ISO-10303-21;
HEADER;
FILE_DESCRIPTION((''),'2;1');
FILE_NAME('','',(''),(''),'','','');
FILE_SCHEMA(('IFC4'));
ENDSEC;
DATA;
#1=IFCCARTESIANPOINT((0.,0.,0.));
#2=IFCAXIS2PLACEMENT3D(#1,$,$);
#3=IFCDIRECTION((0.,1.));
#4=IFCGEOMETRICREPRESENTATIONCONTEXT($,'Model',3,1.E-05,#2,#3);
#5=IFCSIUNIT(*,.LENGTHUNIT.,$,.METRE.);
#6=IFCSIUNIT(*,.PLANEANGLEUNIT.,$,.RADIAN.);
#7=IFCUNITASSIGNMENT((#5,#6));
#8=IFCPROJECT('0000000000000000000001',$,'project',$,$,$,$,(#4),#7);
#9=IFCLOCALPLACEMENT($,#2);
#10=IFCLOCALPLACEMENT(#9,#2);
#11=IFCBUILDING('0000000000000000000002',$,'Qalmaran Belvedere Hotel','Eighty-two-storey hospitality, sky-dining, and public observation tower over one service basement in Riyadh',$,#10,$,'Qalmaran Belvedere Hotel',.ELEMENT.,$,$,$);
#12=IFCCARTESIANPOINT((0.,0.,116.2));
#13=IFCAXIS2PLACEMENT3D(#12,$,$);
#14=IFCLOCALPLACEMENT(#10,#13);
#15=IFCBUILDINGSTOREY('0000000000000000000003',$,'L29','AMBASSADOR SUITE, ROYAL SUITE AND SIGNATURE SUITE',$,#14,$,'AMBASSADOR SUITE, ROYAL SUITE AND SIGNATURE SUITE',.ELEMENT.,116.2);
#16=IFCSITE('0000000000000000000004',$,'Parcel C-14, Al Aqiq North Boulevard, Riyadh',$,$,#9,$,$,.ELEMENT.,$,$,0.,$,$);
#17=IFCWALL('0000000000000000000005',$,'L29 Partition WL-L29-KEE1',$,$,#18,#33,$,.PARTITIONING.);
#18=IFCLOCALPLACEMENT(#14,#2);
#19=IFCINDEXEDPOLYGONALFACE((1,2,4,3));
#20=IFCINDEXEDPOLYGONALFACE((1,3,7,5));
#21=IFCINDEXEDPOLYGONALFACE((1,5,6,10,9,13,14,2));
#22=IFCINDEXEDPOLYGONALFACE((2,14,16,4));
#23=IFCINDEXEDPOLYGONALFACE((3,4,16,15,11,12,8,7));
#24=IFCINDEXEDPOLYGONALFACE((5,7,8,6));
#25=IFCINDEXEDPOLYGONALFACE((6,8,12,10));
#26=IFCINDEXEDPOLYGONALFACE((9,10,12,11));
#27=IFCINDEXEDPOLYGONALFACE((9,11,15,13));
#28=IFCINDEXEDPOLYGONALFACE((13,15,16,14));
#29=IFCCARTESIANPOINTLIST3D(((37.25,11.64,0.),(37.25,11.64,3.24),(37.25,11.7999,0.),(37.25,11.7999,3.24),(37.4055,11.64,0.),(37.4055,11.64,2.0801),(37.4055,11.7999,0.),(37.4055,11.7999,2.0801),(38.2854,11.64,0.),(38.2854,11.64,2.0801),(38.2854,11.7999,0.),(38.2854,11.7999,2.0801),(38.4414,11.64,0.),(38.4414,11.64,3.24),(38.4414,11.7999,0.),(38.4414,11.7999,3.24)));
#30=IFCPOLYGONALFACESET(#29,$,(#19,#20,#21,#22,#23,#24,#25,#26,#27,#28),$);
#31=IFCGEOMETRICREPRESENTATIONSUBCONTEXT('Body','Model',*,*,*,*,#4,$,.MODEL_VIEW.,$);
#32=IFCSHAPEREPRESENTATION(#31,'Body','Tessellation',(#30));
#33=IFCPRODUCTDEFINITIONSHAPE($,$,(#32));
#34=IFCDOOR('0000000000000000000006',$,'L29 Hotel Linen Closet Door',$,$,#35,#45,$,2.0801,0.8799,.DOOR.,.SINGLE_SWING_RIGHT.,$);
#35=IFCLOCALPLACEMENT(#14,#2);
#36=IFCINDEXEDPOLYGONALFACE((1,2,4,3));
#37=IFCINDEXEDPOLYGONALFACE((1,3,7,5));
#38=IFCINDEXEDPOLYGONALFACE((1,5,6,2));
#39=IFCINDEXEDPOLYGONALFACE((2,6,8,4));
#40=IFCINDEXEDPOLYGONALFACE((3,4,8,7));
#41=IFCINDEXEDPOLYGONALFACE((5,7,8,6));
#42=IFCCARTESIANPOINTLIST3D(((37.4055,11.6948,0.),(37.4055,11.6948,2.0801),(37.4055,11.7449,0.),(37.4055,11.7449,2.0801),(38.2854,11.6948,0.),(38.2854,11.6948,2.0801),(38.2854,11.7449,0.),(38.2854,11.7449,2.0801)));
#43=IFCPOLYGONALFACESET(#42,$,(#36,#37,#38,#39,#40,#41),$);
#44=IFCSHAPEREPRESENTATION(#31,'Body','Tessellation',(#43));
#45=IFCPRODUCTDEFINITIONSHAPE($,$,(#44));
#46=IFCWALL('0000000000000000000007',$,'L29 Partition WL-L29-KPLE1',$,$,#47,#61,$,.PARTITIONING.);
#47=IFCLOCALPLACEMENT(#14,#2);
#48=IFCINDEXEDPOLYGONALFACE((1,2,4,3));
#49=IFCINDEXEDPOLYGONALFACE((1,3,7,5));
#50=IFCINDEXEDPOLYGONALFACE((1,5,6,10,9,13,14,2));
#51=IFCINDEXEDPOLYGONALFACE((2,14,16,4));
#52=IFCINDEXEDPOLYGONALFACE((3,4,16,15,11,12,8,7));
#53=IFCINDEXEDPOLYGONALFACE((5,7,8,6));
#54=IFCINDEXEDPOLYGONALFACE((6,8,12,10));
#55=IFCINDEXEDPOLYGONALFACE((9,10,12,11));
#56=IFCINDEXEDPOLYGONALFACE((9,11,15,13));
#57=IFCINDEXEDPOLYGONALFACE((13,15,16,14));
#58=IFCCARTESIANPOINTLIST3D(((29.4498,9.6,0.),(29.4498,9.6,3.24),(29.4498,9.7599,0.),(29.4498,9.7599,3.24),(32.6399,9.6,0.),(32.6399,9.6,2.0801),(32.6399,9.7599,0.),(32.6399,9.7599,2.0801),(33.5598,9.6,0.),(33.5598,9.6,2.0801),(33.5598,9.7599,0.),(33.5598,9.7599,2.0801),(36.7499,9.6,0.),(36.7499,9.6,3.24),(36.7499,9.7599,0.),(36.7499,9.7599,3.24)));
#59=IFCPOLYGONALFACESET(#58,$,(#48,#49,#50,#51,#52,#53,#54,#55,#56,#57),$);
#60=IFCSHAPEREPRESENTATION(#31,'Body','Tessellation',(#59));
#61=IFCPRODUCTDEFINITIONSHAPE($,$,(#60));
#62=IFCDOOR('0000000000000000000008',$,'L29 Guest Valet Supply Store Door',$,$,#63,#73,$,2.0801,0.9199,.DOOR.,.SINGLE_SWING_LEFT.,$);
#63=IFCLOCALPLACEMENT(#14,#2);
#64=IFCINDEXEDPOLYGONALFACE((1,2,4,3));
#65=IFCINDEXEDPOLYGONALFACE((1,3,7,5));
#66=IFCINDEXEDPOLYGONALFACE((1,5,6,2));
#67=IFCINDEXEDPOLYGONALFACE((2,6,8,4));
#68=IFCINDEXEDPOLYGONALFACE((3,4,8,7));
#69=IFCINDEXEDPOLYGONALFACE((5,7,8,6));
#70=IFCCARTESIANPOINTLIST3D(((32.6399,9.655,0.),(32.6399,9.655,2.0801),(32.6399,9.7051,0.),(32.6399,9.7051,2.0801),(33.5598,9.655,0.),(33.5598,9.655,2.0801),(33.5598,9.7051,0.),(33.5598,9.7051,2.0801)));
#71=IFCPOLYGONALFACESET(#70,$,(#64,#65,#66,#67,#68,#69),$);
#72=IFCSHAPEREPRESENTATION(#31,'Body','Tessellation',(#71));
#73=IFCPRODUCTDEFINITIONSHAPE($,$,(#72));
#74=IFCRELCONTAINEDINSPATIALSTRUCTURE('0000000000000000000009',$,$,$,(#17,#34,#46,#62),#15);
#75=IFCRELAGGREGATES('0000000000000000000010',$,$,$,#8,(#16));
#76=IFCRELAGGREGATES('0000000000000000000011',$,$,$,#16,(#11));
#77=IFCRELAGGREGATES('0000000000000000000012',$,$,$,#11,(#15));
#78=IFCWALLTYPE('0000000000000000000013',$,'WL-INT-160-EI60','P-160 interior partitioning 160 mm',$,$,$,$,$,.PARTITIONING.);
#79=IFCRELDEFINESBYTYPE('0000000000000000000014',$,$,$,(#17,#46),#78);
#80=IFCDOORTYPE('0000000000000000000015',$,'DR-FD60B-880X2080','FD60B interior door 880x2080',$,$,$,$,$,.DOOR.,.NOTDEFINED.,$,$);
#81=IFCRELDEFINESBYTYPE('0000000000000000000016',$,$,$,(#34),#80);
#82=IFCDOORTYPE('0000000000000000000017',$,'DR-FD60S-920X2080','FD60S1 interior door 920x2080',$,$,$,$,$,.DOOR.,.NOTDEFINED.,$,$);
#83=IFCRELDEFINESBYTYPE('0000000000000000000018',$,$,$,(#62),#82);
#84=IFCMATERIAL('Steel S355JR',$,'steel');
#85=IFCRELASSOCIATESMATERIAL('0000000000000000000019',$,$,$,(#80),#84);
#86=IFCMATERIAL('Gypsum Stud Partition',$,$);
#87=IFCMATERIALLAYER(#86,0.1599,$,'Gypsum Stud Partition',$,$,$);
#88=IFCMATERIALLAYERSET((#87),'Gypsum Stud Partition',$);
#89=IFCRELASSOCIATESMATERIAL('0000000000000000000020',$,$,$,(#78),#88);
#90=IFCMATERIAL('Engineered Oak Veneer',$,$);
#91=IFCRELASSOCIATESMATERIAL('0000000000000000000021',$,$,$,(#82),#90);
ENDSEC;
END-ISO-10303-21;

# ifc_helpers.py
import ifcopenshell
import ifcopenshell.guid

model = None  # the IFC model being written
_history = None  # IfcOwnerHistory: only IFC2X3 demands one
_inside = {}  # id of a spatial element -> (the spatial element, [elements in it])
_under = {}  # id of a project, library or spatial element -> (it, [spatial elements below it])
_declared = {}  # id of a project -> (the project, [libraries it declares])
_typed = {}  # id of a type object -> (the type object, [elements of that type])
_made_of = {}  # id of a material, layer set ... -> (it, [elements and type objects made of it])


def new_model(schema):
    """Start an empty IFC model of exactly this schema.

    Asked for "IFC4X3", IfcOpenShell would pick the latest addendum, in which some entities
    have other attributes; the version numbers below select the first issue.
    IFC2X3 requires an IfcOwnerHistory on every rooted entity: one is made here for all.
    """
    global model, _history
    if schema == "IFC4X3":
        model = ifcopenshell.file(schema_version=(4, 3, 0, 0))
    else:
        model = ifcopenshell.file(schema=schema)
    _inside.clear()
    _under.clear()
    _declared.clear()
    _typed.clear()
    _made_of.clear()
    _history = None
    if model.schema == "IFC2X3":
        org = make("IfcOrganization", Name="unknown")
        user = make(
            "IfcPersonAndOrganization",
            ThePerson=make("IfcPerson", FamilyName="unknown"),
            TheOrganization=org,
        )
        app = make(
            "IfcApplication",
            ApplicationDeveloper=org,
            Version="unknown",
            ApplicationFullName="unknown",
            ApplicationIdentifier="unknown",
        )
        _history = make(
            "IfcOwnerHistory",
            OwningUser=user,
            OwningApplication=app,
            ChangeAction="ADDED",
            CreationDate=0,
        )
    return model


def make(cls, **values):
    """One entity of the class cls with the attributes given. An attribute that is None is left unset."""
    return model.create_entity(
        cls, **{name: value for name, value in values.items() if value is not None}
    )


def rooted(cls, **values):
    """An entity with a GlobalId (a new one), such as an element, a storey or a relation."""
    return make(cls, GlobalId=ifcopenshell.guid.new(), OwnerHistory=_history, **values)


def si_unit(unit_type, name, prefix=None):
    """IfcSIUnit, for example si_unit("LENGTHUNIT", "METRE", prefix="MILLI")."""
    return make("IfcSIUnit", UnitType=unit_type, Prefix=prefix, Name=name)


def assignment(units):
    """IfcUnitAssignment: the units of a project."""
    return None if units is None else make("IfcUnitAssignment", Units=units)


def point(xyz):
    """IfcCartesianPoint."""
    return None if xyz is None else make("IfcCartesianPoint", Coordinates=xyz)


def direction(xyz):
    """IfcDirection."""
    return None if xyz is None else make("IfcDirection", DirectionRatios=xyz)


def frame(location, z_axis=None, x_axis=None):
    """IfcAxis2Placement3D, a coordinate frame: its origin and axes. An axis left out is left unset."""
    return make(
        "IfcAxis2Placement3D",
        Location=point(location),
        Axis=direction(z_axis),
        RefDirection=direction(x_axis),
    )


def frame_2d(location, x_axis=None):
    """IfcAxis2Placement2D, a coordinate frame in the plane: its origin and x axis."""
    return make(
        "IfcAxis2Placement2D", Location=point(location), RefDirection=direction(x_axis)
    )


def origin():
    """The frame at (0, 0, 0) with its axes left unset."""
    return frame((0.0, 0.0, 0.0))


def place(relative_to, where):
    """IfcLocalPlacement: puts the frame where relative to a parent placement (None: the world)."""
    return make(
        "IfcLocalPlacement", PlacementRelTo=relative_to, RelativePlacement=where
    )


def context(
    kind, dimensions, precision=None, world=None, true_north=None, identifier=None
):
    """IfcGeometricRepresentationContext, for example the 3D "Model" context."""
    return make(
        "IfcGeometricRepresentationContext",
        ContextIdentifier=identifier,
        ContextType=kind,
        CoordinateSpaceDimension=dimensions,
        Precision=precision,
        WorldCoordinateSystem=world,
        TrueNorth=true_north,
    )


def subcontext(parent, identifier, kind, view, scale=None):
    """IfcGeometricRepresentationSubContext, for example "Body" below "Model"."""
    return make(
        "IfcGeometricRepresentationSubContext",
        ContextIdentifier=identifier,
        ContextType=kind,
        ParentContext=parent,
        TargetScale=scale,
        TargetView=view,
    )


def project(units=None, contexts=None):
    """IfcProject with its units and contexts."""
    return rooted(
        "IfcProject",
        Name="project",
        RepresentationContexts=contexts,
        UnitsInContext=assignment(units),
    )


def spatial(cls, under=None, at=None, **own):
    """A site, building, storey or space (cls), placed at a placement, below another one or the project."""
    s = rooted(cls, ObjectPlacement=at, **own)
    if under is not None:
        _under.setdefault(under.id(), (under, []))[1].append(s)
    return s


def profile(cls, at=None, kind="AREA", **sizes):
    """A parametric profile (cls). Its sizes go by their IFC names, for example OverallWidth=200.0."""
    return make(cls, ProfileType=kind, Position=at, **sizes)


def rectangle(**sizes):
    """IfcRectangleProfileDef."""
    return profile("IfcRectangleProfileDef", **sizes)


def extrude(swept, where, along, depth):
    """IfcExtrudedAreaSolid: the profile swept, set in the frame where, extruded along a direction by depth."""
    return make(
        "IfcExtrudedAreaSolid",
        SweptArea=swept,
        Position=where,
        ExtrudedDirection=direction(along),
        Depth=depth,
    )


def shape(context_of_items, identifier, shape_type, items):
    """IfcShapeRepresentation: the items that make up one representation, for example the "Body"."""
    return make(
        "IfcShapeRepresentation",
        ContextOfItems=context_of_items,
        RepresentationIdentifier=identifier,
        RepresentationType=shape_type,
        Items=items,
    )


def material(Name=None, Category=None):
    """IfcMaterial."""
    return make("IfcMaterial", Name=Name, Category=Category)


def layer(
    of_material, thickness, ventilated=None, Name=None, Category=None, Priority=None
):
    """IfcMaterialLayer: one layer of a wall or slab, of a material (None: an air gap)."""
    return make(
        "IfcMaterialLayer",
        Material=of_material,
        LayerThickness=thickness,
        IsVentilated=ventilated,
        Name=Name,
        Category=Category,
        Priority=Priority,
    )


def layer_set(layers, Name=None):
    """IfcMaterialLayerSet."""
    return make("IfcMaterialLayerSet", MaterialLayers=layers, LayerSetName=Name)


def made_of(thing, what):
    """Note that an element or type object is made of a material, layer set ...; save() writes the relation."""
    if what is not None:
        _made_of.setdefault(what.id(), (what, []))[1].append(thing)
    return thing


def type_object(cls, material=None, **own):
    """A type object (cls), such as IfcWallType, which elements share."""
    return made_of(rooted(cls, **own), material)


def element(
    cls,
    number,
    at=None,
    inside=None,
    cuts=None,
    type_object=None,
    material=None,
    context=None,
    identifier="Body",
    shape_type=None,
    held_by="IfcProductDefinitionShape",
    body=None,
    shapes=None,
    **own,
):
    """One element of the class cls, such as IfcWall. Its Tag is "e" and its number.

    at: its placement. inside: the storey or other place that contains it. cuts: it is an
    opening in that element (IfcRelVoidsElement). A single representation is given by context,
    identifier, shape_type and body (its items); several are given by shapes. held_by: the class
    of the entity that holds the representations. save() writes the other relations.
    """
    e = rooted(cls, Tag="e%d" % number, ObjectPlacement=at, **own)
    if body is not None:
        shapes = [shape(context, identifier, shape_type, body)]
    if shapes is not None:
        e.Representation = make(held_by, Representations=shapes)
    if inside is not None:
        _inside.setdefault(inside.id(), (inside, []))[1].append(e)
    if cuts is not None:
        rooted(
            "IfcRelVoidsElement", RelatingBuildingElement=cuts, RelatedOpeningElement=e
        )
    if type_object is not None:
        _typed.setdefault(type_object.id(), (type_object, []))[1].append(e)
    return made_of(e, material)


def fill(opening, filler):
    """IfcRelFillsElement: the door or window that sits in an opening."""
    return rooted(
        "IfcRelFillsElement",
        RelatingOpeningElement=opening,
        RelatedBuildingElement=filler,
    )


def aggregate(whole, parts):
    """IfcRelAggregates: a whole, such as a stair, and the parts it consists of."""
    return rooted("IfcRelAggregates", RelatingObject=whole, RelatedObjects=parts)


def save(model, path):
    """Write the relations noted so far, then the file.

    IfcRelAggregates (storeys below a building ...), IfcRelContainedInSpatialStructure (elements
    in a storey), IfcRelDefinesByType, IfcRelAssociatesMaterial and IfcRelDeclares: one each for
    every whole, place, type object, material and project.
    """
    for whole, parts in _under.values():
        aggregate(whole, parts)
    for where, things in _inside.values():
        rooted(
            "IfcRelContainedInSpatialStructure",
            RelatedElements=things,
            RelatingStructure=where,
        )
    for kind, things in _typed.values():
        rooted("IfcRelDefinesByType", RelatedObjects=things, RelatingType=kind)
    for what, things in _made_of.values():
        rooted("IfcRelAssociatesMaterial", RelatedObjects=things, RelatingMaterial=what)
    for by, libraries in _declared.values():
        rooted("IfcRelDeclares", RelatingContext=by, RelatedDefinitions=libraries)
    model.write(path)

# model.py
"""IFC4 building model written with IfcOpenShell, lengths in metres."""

from ifc_helpers import new_model, si_unit, direction, frame, frame_2d, origin, place, context, subcontext, project, spatial, rectangle, extrude, material, layer, layer_set, type_object, element, fill, save


model = new_model("IFC4")

# Units and contexts
model_context = context("Model", 3, precision=1e-05, world=origin(), true_north=direction((0.0, 1.0)))
body_context = subcontext(model_context, "Body", "Model", "MODEL_VIEW")
ifc_project = project(units=[si_unit("LENGTHUNIT", "METRE"), si_unit("PLANEANGLEUNIT", "RADIAN")], contexts=[model_context])

# Site, building, storey
site_placement = place(None, origin())
site = spatial("IfcSite", under=ifc_project, at=site_placement, Name="Parcel C-14, Al Aqiq North Boulevard, Riyadh", CompositionType="ELEMENT", RefElevation=0.0)
building_placement = place(site_placement, origin())
building = spatial("IfcBuilding", under=site, at=building_placement, Name="Qalmaran Belvedere Hotel", Description="Eighty-two-storey hospitality, sky-dining, and public observation tower over one service basement in Riyadh", LongName="Qalmaran Belvedere Hotel", CompositionType="ELEMENT")
storey_placement = place(building_placement, frame((0.0, 0.0, 116.2)))
storey = spatial("IfcBuildingStorey", under=building, at=storey_placement, Name="L29", Description="AMBASSADOR SUITE, ROYAL SUITE AND SIGNATURE SUITE", LongName="AMBASSADOR SUITE, ROYAL SUITE AND SIGNATURE SUITE", CompositionType="ELEMENT", Elevation=116.2)

# Shared definitions
ifc_material_1 = material(Name="Steel S355JR", Category="steel")

# Shared definitions
ifc_material_2 = material(Name="Gypsum Stud Partition")

# Shared definitions
door_type_1 = type_object("IfcDoorType", Name="DR-FD60B-880X2080", Description="FD60B interior door 880x2080", OperationType="NOTDEFINED", PredefinedType="DOOR", material=ifc_material_1)

# Walls, openings, doors
ifc_layer_1 = layer(ifc_material_2, 0.1599, Name="Gypsum Stud Partition")
ifc_layer_set_1 = layer_set([ifc_layer_1], Name="Gypsum Stud Partition")
wall_type_1 = type_object("IfcWallType", Name="WL-INT-160-EI60", Description="P-160 interior partitioning 160 mm", PredefinedType="PARTITIONING", material=ifc_layer_set_1)
wall_1_placement = place(storey_placement, frame((37.25, 11.72, 0.0), z_axis=(0.0, 0.0, 1.0), x_axis=(1.0, 0.0, 0.0)))
wall_1 = element("IfcWall", 1, at=wall_1_placement, inside=storey, type_object=wall_type_1, Name="L29 Partition WL-L29-KEE1", PredefinedType="PARTITIONING", context=body_context, shape_type="SweptSolid", body=[
    extrude(rectangle(XDim=1.1914, YDim=0.1599, at=frame_2d((0.5957, 0.0))), origin(), (0.0, 0.0, 1.0), 3.24),
])
opening_1_placement = place(wall_1_placement, frame((0.1555, 0.0, 0.0)))
opening_1 = element("IfcOpeningElement", 2, at=opening_1_placement, cuts=wall_1, PredefinedType="OPENING", context=body_context, shape_type="SweptSolid", body=[
    extrude(rectangle(XDim=0.8799, YDim=2.0801, at=frame_2d((0.4399, 1.04))), frame((0.0, 0.0898, 0.0), z_axis=(0.0, -1.0, 0.0), x_axis=(1.0, 0.0, 0.0)), (0.0, 0.0, 1.0), 0.1799),
])
door_1_placement = place(opening_1_placement, origin())
door_1 = element("IfcDoor", 3, at=door_1_placement, inside=storey, type_object=door_type_1, Name="L29 Hotel Linen Closet Door", OperationType="SINGLE_SWING_RIGHT", OverallHeight=2.0801, OverallWidth=0.8799, PredefinedType="DOOR", context=body_context, shape_type="SweptSolid", body=[
    extrude(rectangle(XDim=0.8799, YDim=2.0801, at=frame_2d((0.4399, 1.04))), frame((0.0, 0.0249, 0.0), z_axis=(0.0, -1.0, 0.0), x_axis=(1.0, 0.0, 0.0)), (0.0, 0.0, 1.0), 0.05),
])
fill(opening_1, door_1)
wall_2_placement = place(storey_placement, frame((29.45, 9.6799, 0.0), z_axis=(0.0, 0.0, 1.0), x_axis=(1.0, 0.0, 0.0)))
wall_2 = element("IfcWall", 4, at=wall_2_placement, inside=storey, type_object=wall_type_1, Name="L29 Partition WL-L29-KPLE1", PredefinedType="PARTITIONING", context=body_context, shape_type="SweptSolid", body=[
    extrude(rectangle(XDim=7.3, YDim=0.1599, at=frame_2d((3.6499, 0.0))), origin(), (0.0, 0.0, 1.0), 3.24),
])
opening_2_placement = place(wall_2_placement, frame((4.1099, 0.0, 0.0), z_axis=(0.0, 0.0, 1.0), x_axis=(-1.0, 0.0, 0.0)))
opening_2 = element("IfcOpeningElement", 5, at=opening_2_placement, cuts=wall_2, PredefinedType="OPENING", context=body_context, shape_type="SweptSolid", body=[
    extrude(rectangle(XDim=0.9199, YDim=2.0801, at=frame_2d((0.46, 1.04))), frame((0.0, 0.0898, 0.0), z_axis=(0.0, -1.0, 0.0), x_axis=(1.0, 0.0, 0.0)), (0.0, 0.0, 1.0), 0.1799),
])
ifc_material_3 = material(Name="Engineered Oak Veneer")
door_type_2 = type_object("IfcDoorType", Name="DR-FD60S-920X2080", Description="FD60S1 interior door 920x2080", OperationType="NOTDEFINED", PredefinedType="DOOR", material=ifc_material_3)
door_2_placement = place(opening_2_placement, origin())
door_2 = element("IfcDoor", 6, at=door_2_placement, inside=storey, type_object=door_type_2, Name="L29 Guest Valet Supply Store Door", OperationType="SINGLE_SWING_LEFT", OverallHeight=2.0801, OverallWidth=0.9199, PredefinedType="DOOR", context=body_context, shape_type="SweptSolid", body=[
    extrude(rectangle(XDim=0.9199, YDim=2.0801, at=frame_2d((0.46, 1.04))), frame((0.0, 0.0249, 0.0), z_axis=(0.0, -1.0, 0.0), x_axis=(1.0, 0.0, 0.0)), (0.0, 0.0, 1.0), 0.05),
])
fill(opening_2, door_2)

save(model, "model.ifc")
